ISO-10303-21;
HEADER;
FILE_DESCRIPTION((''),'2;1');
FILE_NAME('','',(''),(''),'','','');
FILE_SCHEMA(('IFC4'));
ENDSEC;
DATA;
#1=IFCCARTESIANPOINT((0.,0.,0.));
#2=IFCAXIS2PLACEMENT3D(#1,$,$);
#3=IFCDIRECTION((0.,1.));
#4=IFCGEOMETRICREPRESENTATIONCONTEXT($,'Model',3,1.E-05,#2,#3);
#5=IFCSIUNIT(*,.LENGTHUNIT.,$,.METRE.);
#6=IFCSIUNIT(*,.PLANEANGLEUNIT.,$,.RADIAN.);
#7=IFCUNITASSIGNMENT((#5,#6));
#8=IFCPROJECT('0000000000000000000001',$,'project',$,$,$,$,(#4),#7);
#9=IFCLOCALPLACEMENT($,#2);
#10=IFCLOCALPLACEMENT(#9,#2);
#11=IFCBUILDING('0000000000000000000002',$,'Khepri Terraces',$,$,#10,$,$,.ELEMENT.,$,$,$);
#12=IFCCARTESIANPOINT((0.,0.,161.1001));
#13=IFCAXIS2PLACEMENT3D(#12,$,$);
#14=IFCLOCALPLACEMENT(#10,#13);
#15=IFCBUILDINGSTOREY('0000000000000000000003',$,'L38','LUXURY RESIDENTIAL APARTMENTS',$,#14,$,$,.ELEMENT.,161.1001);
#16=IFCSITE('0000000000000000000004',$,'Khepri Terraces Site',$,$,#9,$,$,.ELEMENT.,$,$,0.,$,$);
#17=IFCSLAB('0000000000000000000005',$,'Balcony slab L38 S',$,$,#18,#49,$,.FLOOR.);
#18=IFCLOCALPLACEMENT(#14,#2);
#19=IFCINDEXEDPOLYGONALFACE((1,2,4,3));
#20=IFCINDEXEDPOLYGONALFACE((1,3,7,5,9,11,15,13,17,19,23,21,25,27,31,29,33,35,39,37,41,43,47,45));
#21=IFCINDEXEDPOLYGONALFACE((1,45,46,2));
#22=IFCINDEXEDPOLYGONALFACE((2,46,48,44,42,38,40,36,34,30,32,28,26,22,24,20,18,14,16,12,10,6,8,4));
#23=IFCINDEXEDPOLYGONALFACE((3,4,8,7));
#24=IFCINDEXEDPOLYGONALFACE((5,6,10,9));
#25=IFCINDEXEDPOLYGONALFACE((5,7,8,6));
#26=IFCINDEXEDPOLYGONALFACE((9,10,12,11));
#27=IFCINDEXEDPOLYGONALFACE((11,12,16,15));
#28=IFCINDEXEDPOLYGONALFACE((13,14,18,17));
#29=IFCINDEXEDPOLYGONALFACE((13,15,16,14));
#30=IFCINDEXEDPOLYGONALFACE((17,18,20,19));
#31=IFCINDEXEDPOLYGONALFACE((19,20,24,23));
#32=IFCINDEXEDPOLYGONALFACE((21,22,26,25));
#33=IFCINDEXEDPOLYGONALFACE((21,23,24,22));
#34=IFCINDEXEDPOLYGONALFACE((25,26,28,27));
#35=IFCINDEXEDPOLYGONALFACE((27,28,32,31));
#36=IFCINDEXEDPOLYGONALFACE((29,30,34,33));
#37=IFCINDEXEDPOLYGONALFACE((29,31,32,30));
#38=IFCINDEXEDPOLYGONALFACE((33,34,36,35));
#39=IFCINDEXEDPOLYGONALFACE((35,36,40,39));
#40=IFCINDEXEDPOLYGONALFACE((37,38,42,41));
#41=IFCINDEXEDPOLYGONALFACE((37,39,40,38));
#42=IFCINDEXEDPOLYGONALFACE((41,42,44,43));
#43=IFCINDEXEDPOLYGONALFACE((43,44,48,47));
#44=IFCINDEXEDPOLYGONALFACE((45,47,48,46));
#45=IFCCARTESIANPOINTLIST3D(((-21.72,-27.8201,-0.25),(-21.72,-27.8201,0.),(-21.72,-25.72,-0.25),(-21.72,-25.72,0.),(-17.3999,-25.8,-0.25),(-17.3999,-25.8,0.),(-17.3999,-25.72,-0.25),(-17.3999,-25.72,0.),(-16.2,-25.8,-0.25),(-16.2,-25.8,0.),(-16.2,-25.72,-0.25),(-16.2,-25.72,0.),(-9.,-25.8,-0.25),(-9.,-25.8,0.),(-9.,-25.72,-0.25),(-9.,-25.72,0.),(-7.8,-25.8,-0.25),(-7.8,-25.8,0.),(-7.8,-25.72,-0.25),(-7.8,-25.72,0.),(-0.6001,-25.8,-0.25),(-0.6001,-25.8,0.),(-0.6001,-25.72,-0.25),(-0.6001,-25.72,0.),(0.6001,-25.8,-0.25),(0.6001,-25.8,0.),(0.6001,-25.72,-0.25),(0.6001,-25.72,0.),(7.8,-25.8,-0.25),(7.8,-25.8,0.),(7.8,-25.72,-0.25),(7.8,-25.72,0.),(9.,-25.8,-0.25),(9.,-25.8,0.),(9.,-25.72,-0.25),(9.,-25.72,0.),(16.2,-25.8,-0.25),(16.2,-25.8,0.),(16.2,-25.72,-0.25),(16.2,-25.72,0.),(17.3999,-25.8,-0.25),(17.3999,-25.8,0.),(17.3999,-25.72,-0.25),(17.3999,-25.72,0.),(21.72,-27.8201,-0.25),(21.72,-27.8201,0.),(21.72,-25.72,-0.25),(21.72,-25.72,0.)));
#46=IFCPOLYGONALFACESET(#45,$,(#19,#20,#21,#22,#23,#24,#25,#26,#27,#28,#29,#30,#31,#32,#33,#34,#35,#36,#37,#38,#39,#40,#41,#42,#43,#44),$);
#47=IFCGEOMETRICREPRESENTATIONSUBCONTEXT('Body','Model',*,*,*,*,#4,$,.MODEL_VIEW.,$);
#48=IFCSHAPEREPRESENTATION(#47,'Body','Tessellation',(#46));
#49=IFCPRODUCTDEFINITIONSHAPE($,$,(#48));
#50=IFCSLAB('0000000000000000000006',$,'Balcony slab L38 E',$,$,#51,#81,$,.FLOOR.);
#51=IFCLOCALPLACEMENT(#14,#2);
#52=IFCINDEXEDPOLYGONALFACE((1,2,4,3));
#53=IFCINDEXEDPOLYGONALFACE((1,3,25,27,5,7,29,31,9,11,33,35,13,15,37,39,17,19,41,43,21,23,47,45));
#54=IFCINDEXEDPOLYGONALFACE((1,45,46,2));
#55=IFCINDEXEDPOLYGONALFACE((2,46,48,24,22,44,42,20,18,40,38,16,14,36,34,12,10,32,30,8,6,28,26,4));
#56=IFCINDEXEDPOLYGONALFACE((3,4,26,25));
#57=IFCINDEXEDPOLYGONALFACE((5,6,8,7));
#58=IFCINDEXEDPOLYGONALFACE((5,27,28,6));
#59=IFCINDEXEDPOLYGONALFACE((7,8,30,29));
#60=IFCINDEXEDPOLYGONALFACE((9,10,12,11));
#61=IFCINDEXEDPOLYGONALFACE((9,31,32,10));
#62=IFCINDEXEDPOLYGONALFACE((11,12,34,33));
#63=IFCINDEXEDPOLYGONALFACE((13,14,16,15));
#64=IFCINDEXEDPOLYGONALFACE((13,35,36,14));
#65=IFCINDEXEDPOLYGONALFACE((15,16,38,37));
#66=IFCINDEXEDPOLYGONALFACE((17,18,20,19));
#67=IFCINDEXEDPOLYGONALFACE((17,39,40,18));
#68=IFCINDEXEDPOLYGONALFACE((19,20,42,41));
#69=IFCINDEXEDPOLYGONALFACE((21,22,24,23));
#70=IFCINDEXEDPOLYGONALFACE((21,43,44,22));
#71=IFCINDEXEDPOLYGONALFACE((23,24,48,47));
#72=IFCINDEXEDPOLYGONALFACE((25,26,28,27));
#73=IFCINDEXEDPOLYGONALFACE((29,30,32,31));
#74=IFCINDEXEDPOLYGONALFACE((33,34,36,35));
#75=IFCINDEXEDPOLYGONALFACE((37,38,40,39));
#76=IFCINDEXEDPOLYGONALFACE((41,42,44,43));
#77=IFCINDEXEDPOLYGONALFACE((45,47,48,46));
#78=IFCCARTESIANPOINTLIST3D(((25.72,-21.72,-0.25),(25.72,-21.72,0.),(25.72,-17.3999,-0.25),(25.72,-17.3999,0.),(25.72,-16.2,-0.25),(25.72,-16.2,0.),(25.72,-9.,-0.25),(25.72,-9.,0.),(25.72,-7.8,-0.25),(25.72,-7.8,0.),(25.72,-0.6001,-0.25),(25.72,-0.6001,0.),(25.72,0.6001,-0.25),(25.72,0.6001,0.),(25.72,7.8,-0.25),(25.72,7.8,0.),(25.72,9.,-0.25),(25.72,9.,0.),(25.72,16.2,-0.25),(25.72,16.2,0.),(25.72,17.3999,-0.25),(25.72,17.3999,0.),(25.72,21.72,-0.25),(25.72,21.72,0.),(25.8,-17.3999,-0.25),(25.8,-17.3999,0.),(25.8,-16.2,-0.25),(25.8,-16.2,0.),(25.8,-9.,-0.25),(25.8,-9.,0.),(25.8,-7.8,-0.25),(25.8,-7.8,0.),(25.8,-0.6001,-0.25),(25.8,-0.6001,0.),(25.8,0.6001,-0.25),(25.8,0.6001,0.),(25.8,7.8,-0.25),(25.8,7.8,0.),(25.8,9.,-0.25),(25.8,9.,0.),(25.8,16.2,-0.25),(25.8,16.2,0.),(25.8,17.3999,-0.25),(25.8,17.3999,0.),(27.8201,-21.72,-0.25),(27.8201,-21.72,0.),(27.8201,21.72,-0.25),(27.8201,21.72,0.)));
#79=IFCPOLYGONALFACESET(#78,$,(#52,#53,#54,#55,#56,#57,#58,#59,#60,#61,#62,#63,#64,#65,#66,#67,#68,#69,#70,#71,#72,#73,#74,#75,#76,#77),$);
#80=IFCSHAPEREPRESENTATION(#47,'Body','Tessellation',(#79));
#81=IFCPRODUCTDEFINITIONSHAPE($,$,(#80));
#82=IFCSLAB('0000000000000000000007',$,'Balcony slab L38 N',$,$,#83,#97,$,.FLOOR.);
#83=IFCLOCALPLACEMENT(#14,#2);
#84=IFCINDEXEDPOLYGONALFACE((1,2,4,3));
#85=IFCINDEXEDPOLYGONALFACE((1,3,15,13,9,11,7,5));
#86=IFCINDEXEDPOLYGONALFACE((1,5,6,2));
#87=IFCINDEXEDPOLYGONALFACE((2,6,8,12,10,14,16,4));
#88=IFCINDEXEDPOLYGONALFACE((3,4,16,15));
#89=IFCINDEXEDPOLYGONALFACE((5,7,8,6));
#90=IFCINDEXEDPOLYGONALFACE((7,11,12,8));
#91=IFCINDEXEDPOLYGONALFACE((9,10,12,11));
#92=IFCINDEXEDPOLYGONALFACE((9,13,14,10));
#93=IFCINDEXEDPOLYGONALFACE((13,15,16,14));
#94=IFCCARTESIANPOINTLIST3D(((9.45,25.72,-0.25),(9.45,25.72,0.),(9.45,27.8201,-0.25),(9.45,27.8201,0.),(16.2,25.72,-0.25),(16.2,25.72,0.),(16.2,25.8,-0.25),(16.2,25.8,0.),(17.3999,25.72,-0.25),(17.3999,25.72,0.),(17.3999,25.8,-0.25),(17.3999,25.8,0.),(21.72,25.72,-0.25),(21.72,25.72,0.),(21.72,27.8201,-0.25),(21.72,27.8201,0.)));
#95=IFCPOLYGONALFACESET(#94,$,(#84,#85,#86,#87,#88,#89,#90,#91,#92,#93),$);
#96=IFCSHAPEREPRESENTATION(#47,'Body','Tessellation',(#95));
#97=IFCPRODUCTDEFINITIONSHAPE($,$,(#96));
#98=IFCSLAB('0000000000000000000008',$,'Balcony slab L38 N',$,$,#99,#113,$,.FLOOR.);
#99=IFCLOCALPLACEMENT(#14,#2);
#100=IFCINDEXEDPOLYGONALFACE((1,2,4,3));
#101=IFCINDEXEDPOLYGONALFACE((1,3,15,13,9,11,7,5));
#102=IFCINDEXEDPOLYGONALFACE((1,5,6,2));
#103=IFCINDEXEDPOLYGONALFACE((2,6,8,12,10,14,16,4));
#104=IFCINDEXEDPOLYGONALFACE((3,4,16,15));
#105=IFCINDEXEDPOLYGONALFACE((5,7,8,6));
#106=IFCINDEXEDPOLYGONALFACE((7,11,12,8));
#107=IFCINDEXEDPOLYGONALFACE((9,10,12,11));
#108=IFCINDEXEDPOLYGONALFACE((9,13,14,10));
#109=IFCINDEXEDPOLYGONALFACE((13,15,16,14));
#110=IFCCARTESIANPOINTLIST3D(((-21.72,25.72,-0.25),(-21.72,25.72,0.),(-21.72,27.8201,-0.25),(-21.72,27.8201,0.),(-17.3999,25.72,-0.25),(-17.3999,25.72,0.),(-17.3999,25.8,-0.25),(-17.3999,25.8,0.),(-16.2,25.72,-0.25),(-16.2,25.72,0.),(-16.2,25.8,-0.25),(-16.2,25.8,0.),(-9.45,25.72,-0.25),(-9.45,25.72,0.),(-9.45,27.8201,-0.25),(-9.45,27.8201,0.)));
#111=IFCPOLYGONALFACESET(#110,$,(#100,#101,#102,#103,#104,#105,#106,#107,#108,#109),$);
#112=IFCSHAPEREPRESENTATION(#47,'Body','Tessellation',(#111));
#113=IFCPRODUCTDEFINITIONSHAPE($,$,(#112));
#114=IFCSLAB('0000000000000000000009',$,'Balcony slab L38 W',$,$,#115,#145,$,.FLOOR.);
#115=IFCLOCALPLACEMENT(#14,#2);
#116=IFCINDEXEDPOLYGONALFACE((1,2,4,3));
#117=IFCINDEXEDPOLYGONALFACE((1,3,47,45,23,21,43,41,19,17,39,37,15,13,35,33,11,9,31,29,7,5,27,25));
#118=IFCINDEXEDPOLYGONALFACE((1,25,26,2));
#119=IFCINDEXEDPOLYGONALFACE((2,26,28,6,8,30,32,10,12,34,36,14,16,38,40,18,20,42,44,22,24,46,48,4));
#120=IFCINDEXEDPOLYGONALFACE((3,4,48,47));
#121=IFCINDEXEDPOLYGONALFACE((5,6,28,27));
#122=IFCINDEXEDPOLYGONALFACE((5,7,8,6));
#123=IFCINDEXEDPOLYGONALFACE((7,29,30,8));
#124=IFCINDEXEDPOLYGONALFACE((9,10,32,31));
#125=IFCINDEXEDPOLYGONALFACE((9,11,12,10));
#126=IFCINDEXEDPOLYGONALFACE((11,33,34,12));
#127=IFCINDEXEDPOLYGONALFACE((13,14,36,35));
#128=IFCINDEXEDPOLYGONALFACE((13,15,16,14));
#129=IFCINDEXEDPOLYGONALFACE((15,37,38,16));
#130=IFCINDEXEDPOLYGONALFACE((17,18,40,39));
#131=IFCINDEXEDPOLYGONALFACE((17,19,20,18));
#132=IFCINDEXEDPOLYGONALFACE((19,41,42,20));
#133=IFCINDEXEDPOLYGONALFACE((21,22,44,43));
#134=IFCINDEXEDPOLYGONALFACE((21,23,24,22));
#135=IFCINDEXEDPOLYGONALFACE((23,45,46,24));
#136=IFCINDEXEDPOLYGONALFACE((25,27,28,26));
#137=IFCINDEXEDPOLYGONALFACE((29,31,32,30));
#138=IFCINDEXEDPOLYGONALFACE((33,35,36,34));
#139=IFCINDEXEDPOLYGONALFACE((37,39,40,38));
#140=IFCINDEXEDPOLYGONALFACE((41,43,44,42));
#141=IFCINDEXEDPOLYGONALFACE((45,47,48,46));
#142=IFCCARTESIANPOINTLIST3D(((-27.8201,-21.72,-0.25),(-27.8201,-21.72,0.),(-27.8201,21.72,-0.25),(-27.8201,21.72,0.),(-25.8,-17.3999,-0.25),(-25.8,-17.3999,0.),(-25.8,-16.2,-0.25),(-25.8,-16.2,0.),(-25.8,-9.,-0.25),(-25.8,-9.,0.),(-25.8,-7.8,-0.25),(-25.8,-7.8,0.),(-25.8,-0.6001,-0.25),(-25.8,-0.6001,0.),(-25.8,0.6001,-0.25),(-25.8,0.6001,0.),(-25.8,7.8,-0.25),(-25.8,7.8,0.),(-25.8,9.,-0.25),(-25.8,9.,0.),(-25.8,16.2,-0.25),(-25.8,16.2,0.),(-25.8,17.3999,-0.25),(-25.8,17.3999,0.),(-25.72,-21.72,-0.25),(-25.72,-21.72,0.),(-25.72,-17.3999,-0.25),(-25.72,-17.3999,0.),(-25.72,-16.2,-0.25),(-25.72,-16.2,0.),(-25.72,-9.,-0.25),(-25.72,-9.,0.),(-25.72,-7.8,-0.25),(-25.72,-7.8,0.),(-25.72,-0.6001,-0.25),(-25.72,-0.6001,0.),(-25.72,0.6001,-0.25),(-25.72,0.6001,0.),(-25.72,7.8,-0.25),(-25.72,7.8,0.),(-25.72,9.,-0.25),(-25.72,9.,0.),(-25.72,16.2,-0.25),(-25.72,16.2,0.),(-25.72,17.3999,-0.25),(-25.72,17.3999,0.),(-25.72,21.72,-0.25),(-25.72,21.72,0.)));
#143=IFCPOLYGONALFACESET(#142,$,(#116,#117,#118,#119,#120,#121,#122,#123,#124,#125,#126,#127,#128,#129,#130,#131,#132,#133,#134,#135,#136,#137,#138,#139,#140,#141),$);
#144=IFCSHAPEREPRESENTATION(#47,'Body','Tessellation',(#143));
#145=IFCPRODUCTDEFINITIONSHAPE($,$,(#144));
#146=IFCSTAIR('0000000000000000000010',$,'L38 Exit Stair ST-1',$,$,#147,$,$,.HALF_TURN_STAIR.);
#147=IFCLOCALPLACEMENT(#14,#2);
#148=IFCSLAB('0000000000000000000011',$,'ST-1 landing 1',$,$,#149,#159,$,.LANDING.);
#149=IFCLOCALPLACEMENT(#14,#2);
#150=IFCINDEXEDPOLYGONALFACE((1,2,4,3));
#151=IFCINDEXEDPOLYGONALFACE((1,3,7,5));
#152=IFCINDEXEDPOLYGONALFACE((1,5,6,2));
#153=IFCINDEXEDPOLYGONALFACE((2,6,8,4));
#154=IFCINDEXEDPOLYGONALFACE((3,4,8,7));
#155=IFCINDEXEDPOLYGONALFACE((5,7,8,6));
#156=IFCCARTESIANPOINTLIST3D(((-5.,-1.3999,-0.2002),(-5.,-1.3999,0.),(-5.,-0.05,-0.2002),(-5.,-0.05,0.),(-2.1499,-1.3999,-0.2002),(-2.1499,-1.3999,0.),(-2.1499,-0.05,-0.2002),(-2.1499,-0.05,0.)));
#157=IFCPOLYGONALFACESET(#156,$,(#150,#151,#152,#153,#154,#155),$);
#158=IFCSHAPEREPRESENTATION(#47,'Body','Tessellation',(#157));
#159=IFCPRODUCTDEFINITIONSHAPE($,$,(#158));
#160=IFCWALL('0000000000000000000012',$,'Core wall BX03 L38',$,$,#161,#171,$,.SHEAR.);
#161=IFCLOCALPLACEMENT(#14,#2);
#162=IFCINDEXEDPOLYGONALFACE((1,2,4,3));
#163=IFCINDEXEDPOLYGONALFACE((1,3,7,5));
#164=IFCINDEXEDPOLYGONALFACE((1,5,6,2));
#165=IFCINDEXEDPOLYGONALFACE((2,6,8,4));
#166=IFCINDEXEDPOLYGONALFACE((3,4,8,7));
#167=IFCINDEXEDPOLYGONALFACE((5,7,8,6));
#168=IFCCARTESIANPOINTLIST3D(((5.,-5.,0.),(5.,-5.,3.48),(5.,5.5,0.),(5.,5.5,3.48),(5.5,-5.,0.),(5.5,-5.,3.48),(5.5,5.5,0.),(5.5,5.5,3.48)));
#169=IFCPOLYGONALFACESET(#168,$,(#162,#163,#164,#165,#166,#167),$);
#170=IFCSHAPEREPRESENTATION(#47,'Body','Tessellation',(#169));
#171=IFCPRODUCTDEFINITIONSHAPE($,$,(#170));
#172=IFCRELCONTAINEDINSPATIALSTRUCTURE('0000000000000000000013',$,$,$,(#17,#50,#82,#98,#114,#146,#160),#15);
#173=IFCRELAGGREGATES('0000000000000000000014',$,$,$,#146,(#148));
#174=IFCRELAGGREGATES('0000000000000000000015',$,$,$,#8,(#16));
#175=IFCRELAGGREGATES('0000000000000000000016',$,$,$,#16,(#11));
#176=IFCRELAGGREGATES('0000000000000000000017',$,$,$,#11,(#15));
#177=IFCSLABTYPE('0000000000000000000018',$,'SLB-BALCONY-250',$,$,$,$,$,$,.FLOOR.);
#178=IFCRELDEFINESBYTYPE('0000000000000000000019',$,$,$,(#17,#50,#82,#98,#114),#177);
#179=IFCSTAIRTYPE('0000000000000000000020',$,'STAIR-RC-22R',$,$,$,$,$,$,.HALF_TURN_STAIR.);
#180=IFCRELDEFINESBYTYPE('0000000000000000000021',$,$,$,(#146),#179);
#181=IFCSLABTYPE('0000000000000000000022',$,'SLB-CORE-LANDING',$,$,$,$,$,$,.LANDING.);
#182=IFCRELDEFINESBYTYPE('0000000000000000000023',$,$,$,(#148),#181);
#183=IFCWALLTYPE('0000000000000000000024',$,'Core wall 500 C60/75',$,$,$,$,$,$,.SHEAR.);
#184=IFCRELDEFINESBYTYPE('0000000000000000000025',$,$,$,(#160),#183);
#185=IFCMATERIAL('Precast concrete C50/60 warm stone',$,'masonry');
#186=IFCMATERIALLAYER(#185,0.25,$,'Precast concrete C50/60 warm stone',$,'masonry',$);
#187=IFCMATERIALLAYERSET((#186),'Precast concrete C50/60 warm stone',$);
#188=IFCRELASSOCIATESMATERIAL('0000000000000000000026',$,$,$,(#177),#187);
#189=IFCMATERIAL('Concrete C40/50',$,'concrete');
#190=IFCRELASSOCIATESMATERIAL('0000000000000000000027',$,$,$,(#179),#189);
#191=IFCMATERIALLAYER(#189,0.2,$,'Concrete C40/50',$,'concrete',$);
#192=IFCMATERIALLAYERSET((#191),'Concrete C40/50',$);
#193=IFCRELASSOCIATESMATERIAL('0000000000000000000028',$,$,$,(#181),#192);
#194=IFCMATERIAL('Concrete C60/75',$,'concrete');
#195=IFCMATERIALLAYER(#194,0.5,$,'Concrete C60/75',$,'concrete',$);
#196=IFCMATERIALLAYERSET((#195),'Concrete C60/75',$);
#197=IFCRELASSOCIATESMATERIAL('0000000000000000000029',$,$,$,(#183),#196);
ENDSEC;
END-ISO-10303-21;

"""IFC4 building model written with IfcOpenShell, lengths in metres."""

from ifc_helpers import new_model, si_unit, direction, frame, frame_2d, origin, place, context, subcontext, project, spatial, polyline, rectangle, outline, extrude, material, layer, layer_set, type_object, element, aggregate, save


model = new_model("IFC4")

# Units and contexts
model_context = context("Model", 3, precision=1e-05, world=origin(), true_north=direction((0.0, 1.0)))
body_context = subcontext(model_context, "Body", "Model", "MODEL_VIEW")
ifc_project = project(units=[si_unit("LENGTHUNIT", "METRE"), si_unit("PLANEANGLEUNIT", "RADIAN")], contexts=[model_context])

# Site, building, storey
site_placement = place(None, origin())
site = spatial("IfcSite", under=ifc_project, at=site_placement, Name="Khepri Terraces Site", CompositionType="ELEMENT", RefElevation=0.0)
building_placement = place(site_placement, origin())
building = spatial("IfcBuilding", under=site, at=building_placement, Name="Khepri Terraces", CompositionType="ELEMENT")
storey_placement = place(building_placement, frame((0.0, 0.0, 161.1001)))
storey = spatial("IfcBuildingStorey", under=building, at=storey_placement, Name="L38", Description="LUXURY RESIDENTIAL APARTMENTS", CompositionType="ELEMENT", Elevation=161.1001)

# Slabs
ifc_material_1 = material(Name="Precast concrete C50/60 warm stone", Category="masonry")
ifc_layer_1 = layer(ifc_material_1, 0.25, Name="Precast concrete C50/60 warm stone", Category="masonry")
ifc_layer_set_1 = layer_set([ifc_layer_1], Name="Precast concrete C50/60 warm stone")
slab_type_1 = type_object("IfcSlabType", Name="SLB-BALCONY-250", PredefinedType="FLOOR", material=ifc_layer_set_1)
slab_1_placement = place(storey_placement, frame((0.0, 0.0, -0.25)))
element("IfcSlab", 1, at=slab_1_placement, inside=storey, type_object=slab_type_1, Name="Balcony slab L38 S", PredefinedType="FLOOR", context=body_context, shape_type="SweptSolid", body=[
    extrude(outline(polyline([(-17.3999, -25.72), (-21.72, -25.72), (-21.72, -27.8201), (21.72, -27.8201), (21.72, -25.72), (17.3999, -25.72), (17.3999, -25.8), (16.2, -25.8), (16.2, -25.72), (9.0, -25.72), (9.0, -25.8), (7.8, -25.8), (7.8, -25.72), (0.6001, -25.72), (0.6001, -25.8), (-0.6001, -25.8), (-0.6001, -25.72), (-7.8, -25.72), (-7.8, -25.8), (-9.0, -25.8), (-9.0, -25.72), (-16.2, -25.72), (-16.2, -25.8), (-17.3999, -25.8), (-17.3999, -25.72)])), origin(), (0.0, 0.0, 1.0), 0.25),
])
slab_2_placement = place(storey_placement, frame((0.0, 0.0, -0.25)))
element("IfcSlab", 2, at=slab_2_placement, inside=storey, type_object=slab_type_1, Name="Balcony slab L38 E", PredefinedType="FLOOR", context=body_context, shape_type="SweptSolid", body=[
    extrude(outline(polyline([(25.72, -17.3999), (25.72, -21.72), (27.8201, -21.72), (27.8201, 21.72), (25.72, 21.72), (25.72, 17.3999), (25.8, 17.3999), (25.8, 16.2), (25.72, 16.2), (25.72, 9.0), (25.8, 9.0), (25.8, 7.8), (25.72, 7.8), (25.72, 0.6001), (25.8, 0.6001), (25.8, -0.6001), (25.72, -0.6001), (25.72, -7.8), (25.8, -7.8), (25.8, -9.0), (25.72, -9.0), (25.72, -16.2), (25.8, -16.2), (25.8, -17.3999), (25.72, -17.3999)])), origin(), (0.0, 0.0, 1.0), 0.25),
])
slab_3_placement = place(storey_placement, frame((0.0, 0.0, -0.25)))
element("IfcSlab", 3, at=slab_3_placement, inside=storey, type_object=slab_type_1, Name="Balcony slab L38 N", PredefinedType="FLOOR", context=body_context, shape_type="SweptSolid", body=[
    extrude(outline(polyline([(17.3999, 25.72), (21.72, 25.72), (21.72, 27.8201), (9.45, 27.8201), (9.45, 25.72), (16.2, 25.72), (16.2, 25.8), (17.3999, 25.8), (17.3999, 25.72)])), origin(), (0.0, 0.0, 1.0), 0.25),
])
slab_4_placement = place(storey_placement, frame((0.0, 0.0, -0.25)))
element("IfcSlab", 4, at=slab_4_placement, inside=storey, type_object=slab_type_1, Name="Balcony slab L38 N", PredefinedType="FLOOR", context=body_context, shape_type="SweptSolid", body=[
    extrude(outline(polyline([(-16.2, 25.72), (-9.45, 25.72), (-9.45, 27.8201), (-21.72, 27.8201), (-21.72, 25.72), (-17.3999, 25.72), (-17.3999, 25.8), (-16.2, 25.8), (-16.2, 25.72)])), origin(), (0.0, 0.0, 1.0), 0.25),
])
slab_5_placement = place(storey_placement, frame((0.0, 0.0, -0.25)))
element("IfcSlab", 5, at=slab_5_placement, inside=storey, type_object=slab_type_1, Name="Balcony slab L38 W", PredefinedType="FLOOR", context=body_context, shape_type="SweptSolid", body=[
    extrude(outline(polyline([(-25.72, 17.3999), (-25.72, 21.72), (-27.8201, 21.72), (-27.8201, -21.72), (-25.72, -21.72), (-25.72, -17.3999), (-25.8, -17.3999), (-25.8, -16.2), (-25.72, -16.2), (-25.72, -9.0), (-25.8, -9.0), (-25.8, -7.8), (-25.72, -7.8), (-25.72, -0.6001), (-25.8, -0.6001), (-25.8, 0.6001), (-25.72, 0.6001), (-25.72, 7.8), (-25.8, 7.8), (-25.8, 9.0), (-25.72, 9.0), (-25.72, 16.2), (-25.8, 16.2), (-25.8, 17.3999), (-25.72, 17.3999)])), origin(), (0.0, 0.0, 1.0), 0.25),
])

# Stair, slab
ifc_material_2 = material(Name="Concrete C40/50", Category="concrete")
stair_type = type_object("IfcStairType", Name="STAIR-RC-22R", PredefinedType="HALF_TURN_STAIR", material=ifc_material_2)
stair_1_placement = place(storey_placement, origin())
stair_1 = element("IfcStair", 6, at=stair_1_placement, inside=storey, type_object=stair_type, Name="L38 Exit Stair ST-1", PredefinedType="HALF_TURN_STAIR")
ifc_layer_2 = layer(ifc_material_2, 0.2, Name="Concrete C40/50", Category="concrete")
ifc_layer_set_2 = layer_set([ifc_layer_2], Name="Concrete C40/50")
slab_type_2 = type_object("IfcSlabType", Name="SLB-CORE-LANDING", PredefinedType="LANDING", material=ifc_layer_set_2)
slab_6_placement = place(storey_placement, frame((0.0, 0.0, -0.2002)))
slab_6 = element("IfcSlab", 7, at=slab_6_placement, type_object=slab_type_2, Name="ST-1 landing 1", PredefinedType="LANDING", context=body_context, shape_type="SweptSolid", body=[
    extrude(outline(polyline([(-2.1499, -1.3999), (-2.1499, -0.05), (-5.0, -0.05), (-5.0, -1.3999), (-2.1499, -1.3999)])), origin(), (0.0, 0.0, 1.0), 0.2002),
])
aggregate(stair_1, [slab_6])

# Wall
ifc_material_3 = material(Name="Concrete C60/75", Category="concrete")
ifc_layer_3 = layer(ifc_material_3, 0.5, Name="Concrete C60/75", Category="concrete")
ifc_layer_set_3 = layer_set([ifc_layer_3], Name="Concrete C60/75")
wall_type = type_object("IfcWallType", Name="Core wall 500 C60/75", PredefinedType="SHEAR", material=ifc_layer_set_3)
wall_placement = place(storey_placement, frame((5.25, -5.0, 0.0), z_axis=(0.0, 0.0, 1.0), x_axis=(0.0, 1.0, 0.0)))
element("IfcWall", 8, at=wall_placement, inside=storey, type_object=wall_type, Name="Core wall BX03 L38", PredefinedType="SHEAR", context=body_context, shape_type="SweptSolid", body=[
    extrude(rectangle(XDim=10.5, YDim=0.5, at=frame_2d((5.25, 0.0))), origin(), (0.0, 0.0, 1.0), 3.48),
])

save(model, "model.ifc")
